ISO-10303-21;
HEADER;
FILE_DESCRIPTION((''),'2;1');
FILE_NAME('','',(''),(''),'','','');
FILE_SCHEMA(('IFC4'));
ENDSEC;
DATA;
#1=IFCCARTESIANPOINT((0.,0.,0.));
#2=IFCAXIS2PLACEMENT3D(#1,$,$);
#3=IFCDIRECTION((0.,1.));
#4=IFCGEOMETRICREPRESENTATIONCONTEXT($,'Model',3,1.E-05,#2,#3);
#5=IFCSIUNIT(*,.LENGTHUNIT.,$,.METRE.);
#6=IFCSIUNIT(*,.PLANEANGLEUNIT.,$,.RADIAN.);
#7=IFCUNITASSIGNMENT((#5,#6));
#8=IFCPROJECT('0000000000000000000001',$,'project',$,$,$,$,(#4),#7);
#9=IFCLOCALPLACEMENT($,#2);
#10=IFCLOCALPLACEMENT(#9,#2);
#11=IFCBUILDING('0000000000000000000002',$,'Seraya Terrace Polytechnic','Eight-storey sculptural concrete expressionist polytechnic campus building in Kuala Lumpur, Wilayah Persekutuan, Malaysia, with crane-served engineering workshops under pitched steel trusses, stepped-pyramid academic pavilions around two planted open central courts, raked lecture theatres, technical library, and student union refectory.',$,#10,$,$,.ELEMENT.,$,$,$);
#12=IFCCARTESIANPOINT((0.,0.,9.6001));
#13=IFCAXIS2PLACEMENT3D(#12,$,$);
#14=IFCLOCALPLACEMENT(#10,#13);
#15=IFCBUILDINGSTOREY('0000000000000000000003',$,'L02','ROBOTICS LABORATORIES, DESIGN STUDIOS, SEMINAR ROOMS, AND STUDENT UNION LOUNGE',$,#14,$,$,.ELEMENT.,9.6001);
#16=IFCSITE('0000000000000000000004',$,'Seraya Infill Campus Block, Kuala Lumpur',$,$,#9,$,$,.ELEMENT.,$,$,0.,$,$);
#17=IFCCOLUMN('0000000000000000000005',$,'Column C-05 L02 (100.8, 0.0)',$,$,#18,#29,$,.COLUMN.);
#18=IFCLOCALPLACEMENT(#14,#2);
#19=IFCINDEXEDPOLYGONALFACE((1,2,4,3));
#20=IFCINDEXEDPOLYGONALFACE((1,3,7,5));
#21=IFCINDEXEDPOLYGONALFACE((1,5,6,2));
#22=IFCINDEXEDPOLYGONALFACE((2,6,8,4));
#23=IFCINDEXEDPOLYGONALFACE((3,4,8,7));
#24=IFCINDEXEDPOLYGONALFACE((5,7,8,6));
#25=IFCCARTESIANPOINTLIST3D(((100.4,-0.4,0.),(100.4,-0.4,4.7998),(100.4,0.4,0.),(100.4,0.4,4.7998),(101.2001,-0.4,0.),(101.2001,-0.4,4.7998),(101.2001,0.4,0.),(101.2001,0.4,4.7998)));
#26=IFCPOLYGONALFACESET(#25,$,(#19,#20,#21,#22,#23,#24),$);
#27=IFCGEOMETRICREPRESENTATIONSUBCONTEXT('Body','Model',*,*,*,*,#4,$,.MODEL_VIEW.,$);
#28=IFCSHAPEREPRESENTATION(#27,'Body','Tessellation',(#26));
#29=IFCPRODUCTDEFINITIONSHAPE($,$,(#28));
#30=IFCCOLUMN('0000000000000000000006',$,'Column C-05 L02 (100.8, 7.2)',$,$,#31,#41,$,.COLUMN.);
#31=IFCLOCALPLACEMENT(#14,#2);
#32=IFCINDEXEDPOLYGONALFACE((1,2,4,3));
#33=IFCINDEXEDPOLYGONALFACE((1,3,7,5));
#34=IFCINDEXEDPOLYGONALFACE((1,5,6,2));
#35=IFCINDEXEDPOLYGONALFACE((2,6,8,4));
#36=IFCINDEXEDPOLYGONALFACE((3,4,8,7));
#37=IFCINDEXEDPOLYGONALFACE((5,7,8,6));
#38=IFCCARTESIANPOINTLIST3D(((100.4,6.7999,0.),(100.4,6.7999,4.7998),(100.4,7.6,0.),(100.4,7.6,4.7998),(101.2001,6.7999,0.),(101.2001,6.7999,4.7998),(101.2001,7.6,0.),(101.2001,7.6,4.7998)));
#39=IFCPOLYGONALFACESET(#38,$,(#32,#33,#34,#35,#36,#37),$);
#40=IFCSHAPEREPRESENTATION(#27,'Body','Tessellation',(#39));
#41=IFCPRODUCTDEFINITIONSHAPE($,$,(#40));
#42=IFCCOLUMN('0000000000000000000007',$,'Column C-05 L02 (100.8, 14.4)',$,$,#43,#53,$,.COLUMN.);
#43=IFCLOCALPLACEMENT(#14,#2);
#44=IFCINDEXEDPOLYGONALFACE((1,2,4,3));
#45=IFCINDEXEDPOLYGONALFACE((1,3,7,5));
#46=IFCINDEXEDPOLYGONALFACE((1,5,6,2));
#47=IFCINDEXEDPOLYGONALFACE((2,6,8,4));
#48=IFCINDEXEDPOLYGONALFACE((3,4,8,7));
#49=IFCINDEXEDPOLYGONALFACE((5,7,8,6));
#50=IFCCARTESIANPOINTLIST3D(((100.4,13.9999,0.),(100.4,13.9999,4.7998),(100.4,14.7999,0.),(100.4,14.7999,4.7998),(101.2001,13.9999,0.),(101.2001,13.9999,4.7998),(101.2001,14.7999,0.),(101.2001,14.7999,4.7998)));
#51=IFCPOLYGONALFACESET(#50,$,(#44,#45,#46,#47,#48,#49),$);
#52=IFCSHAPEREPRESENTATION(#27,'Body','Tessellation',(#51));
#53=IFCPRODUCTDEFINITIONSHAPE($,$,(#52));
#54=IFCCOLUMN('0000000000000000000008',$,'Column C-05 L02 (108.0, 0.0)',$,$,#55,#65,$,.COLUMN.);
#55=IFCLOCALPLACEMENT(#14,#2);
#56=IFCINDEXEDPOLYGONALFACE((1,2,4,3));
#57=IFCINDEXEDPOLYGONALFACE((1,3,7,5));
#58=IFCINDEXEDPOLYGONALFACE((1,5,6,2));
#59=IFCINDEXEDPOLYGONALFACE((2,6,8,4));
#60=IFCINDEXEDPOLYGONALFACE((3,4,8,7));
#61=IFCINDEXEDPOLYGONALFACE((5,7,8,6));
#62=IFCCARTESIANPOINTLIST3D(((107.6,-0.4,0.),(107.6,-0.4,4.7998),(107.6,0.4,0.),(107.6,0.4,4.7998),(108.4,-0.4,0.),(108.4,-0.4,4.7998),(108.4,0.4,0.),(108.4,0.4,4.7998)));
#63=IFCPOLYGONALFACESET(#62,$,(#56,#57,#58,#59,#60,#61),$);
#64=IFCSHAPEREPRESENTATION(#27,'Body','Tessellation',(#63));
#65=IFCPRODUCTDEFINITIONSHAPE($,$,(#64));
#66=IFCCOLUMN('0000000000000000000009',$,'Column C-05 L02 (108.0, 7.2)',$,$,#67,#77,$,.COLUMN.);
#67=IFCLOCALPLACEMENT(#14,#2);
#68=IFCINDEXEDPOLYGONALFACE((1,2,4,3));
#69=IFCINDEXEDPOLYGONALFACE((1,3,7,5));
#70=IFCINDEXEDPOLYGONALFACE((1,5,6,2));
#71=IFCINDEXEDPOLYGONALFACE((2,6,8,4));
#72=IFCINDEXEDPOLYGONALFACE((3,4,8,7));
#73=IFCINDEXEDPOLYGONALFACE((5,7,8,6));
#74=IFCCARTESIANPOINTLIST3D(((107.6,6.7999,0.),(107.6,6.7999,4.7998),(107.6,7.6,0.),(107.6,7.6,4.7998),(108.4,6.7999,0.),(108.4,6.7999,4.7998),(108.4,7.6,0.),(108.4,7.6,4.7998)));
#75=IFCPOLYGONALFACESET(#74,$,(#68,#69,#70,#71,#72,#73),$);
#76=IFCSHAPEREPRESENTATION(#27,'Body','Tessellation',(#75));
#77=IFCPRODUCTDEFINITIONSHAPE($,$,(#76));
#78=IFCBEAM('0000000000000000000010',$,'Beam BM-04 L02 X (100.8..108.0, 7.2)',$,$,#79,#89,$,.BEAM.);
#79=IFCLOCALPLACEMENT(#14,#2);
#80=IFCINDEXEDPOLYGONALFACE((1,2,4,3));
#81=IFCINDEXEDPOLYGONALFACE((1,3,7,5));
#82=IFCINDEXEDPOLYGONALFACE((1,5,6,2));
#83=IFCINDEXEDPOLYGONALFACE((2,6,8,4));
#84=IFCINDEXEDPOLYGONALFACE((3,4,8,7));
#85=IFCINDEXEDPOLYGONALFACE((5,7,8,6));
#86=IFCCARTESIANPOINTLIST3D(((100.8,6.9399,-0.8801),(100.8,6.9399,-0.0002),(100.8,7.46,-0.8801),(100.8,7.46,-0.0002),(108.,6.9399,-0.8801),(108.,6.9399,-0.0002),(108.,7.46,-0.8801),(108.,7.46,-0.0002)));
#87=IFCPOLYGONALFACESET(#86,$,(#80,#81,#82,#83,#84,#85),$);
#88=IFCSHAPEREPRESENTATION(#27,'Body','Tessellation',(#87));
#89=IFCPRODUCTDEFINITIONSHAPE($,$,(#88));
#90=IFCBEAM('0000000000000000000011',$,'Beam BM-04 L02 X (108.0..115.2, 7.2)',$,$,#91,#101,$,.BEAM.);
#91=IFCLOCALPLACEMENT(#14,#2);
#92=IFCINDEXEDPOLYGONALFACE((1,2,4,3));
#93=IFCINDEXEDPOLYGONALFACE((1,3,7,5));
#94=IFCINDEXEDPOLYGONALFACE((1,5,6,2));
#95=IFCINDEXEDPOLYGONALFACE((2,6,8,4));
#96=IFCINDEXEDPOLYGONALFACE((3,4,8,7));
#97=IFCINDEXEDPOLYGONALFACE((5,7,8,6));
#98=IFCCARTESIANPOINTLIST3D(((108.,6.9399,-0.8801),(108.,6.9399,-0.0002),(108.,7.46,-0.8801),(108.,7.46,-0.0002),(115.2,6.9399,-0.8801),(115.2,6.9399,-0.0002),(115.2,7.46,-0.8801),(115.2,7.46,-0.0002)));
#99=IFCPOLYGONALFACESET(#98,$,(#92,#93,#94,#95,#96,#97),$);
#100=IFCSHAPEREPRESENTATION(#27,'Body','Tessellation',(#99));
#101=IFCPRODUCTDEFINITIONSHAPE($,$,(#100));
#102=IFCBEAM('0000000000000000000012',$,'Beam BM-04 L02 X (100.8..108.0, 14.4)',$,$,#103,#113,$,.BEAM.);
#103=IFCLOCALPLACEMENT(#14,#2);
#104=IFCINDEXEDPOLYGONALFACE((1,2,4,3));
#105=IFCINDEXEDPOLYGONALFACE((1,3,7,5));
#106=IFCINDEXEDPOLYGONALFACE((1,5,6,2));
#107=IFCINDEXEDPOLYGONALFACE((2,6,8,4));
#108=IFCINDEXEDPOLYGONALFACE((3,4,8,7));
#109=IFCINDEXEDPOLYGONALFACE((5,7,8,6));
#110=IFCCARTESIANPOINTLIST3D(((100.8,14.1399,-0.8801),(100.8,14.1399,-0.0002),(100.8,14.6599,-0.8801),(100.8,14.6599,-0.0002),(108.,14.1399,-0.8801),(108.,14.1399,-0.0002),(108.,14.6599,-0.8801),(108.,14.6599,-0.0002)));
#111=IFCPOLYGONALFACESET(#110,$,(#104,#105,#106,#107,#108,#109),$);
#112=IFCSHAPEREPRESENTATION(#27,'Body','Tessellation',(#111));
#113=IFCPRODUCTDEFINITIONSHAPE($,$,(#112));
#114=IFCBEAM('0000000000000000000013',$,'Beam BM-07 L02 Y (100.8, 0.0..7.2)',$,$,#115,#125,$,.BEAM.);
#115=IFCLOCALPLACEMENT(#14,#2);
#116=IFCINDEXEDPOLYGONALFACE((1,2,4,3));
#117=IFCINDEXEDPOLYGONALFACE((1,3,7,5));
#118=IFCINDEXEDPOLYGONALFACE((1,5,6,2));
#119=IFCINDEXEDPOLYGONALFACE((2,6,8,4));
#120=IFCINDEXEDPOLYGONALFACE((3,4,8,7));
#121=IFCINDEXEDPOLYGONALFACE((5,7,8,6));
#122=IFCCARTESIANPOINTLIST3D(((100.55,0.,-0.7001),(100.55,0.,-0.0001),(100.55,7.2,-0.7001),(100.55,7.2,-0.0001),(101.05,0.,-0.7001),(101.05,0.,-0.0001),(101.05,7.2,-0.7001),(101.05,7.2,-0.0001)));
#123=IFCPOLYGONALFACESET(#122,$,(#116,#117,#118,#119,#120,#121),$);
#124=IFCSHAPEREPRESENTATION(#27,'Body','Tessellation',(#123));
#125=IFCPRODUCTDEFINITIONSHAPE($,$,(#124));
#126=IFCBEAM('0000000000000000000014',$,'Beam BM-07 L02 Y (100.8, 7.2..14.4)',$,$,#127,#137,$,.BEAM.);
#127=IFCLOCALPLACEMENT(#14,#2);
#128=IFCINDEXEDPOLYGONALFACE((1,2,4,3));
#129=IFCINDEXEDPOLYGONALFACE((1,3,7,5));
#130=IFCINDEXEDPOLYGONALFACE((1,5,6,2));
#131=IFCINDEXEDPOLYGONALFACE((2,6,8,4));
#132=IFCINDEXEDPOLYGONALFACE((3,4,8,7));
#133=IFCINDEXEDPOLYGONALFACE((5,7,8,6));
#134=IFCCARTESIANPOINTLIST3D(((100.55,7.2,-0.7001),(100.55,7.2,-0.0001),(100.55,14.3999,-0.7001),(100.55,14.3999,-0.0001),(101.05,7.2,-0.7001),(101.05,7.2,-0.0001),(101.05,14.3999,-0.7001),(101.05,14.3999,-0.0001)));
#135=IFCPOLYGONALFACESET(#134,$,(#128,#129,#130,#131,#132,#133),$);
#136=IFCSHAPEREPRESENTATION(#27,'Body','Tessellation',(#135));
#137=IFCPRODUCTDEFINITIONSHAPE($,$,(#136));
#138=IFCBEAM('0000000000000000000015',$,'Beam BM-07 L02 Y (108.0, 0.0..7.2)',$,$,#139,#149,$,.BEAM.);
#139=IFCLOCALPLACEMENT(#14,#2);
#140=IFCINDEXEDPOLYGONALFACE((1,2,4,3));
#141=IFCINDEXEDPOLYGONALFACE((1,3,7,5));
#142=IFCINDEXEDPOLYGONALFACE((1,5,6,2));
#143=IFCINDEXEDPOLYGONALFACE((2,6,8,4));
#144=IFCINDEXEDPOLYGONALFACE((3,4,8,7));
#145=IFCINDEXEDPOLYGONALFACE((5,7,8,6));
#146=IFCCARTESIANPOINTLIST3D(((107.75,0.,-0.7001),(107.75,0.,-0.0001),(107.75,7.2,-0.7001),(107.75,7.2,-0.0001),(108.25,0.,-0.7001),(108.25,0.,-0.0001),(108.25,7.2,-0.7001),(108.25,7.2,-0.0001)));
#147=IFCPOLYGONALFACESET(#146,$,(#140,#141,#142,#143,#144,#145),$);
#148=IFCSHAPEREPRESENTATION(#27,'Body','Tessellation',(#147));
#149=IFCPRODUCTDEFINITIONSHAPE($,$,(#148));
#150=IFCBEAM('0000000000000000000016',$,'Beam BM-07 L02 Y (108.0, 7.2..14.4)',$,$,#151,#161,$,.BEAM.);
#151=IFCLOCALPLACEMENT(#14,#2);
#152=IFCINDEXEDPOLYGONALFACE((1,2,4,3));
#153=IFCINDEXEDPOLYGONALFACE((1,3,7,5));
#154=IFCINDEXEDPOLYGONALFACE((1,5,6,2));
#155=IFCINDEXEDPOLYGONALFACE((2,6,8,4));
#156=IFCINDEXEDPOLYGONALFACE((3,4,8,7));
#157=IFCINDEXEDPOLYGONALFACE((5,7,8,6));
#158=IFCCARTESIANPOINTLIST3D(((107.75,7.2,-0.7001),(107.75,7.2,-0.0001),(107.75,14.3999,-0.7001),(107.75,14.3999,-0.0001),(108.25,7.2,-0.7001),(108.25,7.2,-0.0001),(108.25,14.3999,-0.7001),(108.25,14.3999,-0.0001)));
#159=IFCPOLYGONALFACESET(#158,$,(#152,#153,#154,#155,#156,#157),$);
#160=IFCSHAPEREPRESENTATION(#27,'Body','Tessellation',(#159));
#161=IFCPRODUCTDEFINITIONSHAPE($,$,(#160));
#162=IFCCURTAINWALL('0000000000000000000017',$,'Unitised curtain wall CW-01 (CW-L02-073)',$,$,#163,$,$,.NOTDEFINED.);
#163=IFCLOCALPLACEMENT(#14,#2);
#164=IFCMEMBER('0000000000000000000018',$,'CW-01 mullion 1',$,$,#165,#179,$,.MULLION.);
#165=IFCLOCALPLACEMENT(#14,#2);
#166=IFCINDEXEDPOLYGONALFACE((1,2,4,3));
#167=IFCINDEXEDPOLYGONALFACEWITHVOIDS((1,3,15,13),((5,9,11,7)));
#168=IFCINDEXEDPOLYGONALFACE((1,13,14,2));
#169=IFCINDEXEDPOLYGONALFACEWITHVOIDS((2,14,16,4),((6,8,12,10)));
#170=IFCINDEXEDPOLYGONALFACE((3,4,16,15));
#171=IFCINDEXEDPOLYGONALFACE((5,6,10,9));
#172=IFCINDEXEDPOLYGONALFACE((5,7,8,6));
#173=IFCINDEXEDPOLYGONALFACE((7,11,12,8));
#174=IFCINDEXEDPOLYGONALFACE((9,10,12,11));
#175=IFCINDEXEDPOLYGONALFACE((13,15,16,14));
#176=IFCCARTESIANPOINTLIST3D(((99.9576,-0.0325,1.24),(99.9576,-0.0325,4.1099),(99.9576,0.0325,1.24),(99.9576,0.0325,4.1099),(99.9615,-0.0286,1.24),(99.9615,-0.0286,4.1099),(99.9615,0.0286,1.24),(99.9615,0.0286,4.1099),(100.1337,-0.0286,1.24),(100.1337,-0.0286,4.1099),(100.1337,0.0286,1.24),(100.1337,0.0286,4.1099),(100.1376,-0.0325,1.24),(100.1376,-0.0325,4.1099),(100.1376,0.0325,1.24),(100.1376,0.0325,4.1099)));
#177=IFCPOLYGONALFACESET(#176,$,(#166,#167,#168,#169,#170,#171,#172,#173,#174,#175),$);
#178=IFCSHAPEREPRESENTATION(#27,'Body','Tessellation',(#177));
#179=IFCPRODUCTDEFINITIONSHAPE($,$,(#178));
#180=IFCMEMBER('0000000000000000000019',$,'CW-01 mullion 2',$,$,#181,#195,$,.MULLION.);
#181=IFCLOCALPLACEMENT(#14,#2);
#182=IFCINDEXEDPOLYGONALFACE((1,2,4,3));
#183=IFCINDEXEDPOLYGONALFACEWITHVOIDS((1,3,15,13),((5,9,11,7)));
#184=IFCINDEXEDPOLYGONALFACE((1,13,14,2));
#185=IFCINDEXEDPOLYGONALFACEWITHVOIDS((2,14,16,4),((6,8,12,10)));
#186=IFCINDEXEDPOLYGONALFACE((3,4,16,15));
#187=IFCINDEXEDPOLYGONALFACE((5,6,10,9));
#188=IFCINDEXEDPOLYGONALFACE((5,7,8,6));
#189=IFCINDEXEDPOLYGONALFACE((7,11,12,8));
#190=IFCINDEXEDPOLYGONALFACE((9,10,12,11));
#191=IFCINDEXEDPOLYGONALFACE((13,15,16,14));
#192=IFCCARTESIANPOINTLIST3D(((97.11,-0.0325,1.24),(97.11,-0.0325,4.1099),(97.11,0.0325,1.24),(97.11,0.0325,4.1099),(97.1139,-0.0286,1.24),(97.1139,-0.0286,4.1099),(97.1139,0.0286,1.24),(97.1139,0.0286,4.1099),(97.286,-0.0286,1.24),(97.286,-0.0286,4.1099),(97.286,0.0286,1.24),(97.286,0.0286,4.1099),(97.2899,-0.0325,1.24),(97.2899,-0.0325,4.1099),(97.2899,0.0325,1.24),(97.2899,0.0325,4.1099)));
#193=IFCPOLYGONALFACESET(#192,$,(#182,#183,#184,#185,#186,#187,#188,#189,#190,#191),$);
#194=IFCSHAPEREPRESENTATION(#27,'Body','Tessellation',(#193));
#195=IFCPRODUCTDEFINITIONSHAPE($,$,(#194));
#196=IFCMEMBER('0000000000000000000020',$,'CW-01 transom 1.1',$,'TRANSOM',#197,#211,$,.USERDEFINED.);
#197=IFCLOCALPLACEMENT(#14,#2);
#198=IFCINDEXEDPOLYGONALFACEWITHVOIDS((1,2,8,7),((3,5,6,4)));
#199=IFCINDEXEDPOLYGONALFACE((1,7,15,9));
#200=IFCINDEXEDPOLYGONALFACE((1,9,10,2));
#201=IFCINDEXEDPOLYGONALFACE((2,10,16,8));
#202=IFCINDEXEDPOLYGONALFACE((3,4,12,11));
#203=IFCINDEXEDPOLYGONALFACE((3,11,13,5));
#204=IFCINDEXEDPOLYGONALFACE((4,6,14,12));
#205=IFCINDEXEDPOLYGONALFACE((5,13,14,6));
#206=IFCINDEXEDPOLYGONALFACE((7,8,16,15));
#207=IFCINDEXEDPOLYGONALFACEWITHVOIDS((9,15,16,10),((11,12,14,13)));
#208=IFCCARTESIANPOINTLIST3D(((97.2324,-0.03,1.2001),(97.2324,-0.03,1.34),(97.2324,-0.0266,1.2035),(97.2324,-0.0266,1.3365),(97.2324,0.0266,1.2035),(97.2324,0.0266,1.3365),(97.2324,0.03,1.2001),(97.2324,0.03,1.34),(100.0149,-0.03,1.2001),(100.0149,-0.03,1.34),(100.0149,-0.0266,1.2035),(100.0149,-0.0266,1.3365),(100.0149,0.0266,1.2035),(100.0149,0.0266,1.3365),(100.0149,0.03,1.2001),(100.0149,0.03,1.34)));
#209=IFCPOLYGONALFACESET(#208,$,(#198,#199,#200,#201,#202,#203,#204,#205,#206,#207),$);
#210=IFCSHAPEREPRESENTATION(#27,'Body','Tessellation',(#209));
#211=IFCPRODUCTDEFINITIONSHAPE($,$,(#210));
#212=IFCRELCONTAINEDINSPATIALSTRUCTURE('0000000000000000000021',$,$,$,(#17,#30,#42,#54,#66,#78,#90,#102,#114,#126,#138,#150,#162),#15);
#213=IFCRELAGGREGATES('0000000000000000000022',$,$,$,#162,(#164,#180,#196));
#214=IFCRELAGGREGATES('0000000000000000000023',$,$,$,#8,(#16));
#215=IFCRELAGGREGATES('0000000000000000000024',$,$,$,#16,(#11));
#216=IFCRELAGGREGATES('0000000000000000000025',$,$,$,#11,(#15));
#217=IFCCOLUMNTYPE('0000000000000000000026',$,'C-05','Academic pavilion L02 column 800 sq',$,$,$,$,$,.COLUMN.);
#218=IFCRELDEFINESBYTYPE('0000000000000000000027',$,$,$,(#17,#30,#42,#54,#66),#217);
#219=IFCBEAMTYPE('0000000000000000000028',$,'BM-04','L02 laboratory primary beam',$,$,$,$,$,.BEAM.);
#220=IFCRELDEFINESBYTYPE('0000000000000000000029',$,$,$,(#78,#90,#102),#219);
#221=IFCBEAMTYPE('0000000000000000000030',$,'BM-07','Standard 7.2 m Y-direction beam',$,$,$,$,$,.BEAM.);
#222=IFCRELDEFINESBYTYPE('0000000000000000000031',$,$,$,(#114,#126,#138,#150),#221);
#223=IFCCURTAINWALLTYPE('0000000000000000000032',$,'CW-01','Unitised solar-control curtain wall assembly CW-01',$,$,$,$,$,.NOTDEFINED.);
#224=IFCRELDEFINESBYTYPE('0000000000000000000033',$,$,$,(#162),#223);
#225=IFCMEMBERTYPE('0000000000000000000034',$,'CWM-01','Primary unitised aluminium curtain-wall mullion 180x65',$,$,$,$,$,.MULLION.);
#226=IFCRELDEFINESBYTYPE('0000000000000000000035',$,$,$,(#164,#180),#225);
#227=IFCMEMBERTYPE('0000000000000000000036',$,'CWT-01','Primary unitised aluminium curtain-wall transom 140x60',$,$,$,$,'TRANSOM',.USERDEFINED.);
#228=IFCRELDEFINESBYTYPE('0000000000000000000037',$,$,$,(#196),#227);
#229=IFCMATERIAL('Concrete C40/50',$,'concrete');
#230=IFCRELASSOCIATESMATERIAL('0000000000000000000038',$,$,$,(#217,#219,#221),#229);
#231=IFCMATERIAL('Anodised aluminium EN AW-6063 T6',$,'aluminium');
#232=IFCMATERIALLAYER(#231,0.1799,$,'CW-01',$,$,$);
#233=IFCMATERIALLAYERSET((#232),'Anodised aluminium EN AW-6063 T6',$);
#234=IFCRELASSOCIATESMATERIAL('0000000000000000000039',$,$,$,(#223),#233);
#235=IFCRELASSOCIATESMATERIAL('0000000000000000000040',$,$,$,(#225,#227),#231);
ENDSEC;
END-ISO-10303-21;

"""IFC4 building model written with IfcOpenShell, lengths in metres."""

from ifc_helpers import new_model, si_unit, direction, frame, origin, origin_2d, place, context, subcontext, project, spatial, rectangle, hollow_rectangle, extrude, material, layer, layer_set, material_profile, profile_set, type_object, element, aggregate, save


model = new_model("IFC4")

# Units and contexts
model_context = context("Model", 3, precision=1e-05, world=origin(), true_north=direction((0.0, 1.0)))
body_context = subcontext(model_context, "Body", "Model", "MODEL_VIEW")
ifc_project = project(units=[si_unit("LENGTHUNIT", "METRE"), si_unit("PLANEANGLEUNIT", "RADIAN")], contexts=[model_context])

# Site, building, storey
site_placement = place(None, origin())
site = spatial("IfcSite", under=ifc_project, at=site_placement, Name="Seraya Infill Campus Block, Kuala Lumpur", CompositionType="ELEMENT", RefElevation=0.0)
building_placement = place(site_placement, origin())
building = spatial("IfcBuilding", under=site, at=building_placement, Name="Seraya Terrace Polytechnic", Description="Eight-storey sculptural concrete expressionist polytechnic campus building in Kuala Lumpur, Wilayah Persekutuan, Malaysia, with crane-served engineering workshops under pitched steel trusses, stepped-pyramid academic pavilions around two planted open central courts, raked lecture theatres, technical library, and student union refectory.", CompositionType="ELEMENT")
storey_placement = place(building_placement, frame((0.0, 0.0, 9.6001)))
storey = spatial("IfcBuildingStorey", under=building, at=storey_placement, Name="L02", Description="ROBOTICS LABORATORIES, DESIGN STUDIOS, SEMINAR ROOMS, AND STUDENT UNION LOUNGE", CompositionType="ELEMENT", Elevation=9.6001)

# Columns
ifc_material_1 = material(Name="Concrete C40/50", Category="concrete")
ifc_material_profile_1 = material_profile(ifc_material_1, rectangle(XDim=0.8, YDim=0.8, at=origin_2d()), Name="RC 800x800")
ifc_profile_set_1 = profile_set([ifc_material_profile_1], Name="Concrete C40/50")
column_type = type_object("IfcColumnType", Name="C-05", Description="Academic pavilion L02 column 800 sq", PredefinedType="COLUMN", material=ifc_profile_set_1)
for number, where, z_axis, x_axis, name in (
    (1, (100.8, 0.0, 0.0), (0.0, 0.0, 1.0), (1.0, 0.0, 0.0), "Column C-05 L02 (100.8, 0.0)"),
    (2, (100.8, 7.2, 0.0), (0.0, 0.0, 1.0), (1.0, 0.0, 0.0), "Column C-05 L02 (100.8, 7.2)"),
    (3, (100.8, 14.3999, 0.0), (0.0, 0.0, 1.0), (1.0, 0.0, 0.0), "Column C-05 L02 (100.8, 14.4)"),
    (4, (108.0, 0.0, 0.0), (0.0, 0.0, 1.0), (1.0, 0.0, 0.0), "Column C-05 L02 (108.0, 0.0)"),
    (5, (108.0, 7.2, 0.0), (0.0, 0.0, 1.0), (1.0, 0.0, 0.0), "Column C-05 L02 (108.0, 7.2)"),
):
    element("IfcColumn", number, at=place(storey_placement, frame(where, z_axis=z_axis, x_axis=x_axis)), inside=storey, type_object=column_type, Name=name, PredefinedType="COLUMN", context=body_context, shape_type="SweptSolid", body=[
        extrude(rectangle(XDim=0.8, YDim=0.8, at=origin_2d()), origin(), (0.0, 0.0, 1.0), 4.7998),
    ])

# Beams
ifc_material_profile_2 = material_profile(ifc_material_1, rectangle(XDim=0.52, YDim=0.8799, at=origin_2d()), Name="RC 520x880")
ifc_profile_set_2 = profile_set([ifc_material_profile_2], Name="Concrete C40/50")
beam_type_1 = type_object("IfcBeamType", Name="BM-04", Description="L02 laboratory primary beam", PredefinedType="BEAM", material=ifc_profile_set_2)
for number, where, z_axis, x_axis, name in (
    (6, (100.8, 7.2, -0.4402), (1.0, 0.0, 0.0), (0.0, 1.0, 0.0), "Beam BM-04 L02 X (100.8..108.0, 7.2)"),
    (7, (108.0, 7.2, -0.4402), (1.0, 0.0, 0.0), (0.0, 1.0, 0.0), "Beam BM-04 L02 X (108.0..115.2, 7.2)"),
    (8, (100.8, 14.3999, -0.4402), (1.0, 0.0, 0.0), (0.0, 1.0, 0.0), "Beam BM-04 L02 X (100.8..108.0, 14.4)"),
):
    element("IfcBeam", number, at=place(storey_placement, frame(where, z_axis=z_axis, x_axis=x_axis)), inside=storey, type_object=beam_type_1, Name=name, PredefinedType="BEAM", context=body_context, shape_type="SweptSolid", body=[
        extrude(rectangle(XDim=0.52, YDim=0.8799, at=origin_2d()), origin(), (0.0, 0.0, 1.0), 7.2),
    ])
ifc_material_profile_3 = material_profile(ifc_material_1, rectangle(XDim=0.5, YDim=0.7, at=origin_2d()), Name="RC 500x700")
ifc_profile_set_3 = profile_set([ifc_material_profile_3], Name="Concrete C40/50")
beam_type_2 = type_object("IfcBeamType", Name="BM-07", Description="Standard 7.2 m Y-direction beam", PredefinedType="BEAM", material=ifc_profile_set_3)
for number, where, z_axis, x_axis, name in (
    (9, (100.8, 0.0, -0.3501), (0.0, 1.0, 0.0), (-1.0, 0.0, 0.0), "Beam BM-07 L02 Y (100.8, 0.0..7.2)"),
    (10, (100.8, 7.2, -0.3501), (0.0, 1.0, 0.0), (-1.0, 0.0, 0.0), "Beam BM-07 L02 Y (100.8, 7.2..14.4)"),
    (11, (108.0, 0.0, -0.3501), (0.0, 1.0, 0.0), (-1.0, 0.0, 0.0), "Beam BM-07 L02 Y (108.0, 0.0..7.2)"),
    (12, (108.0, 7.2, -0.3501), (0.0, 1.0, 0.0), (-1.0, 0.0, 0.0), "Beam BM-07 L02 Y (108.0, 7.2..14.4)"),
):
    element("IfcBeam", number, at=place(storey_placement, frame(where, z_axis=z_axis, x_axis=x_axis)), inside=storey, type_object=beam_type_2, Name=name, PredefinedType="BEAM", context=body_context, shape_type="SweptSolid", body=[
        extrude(rectangle(XDim=0.5, YDim=0.7, at=origin_2d()), origin(), (0.0, 0.0, 1.0), 7.2),
    ])

# Curtain wall, members
ifc_material_2 = material(Name="Anodised aluminium EN AW-6063 T6", Category="aluminium")
ifc_layer_1 = layer(ifc_material_2, 0.1799, Name="CW-01")
ifc_layer_set_1 = layer_set([ifc_layer_1], Name="Anodised aluminium EN AW-6063 T6")
curtain_wall_type = type_object("IfcCurtainWallType", Name="CW-01", Description="Unitised solar-control curtain wall assembly CW-01", PredefinedType="NOTDEFINED", material=ifc_layer_set_1)
curtain_wall_placement = place(storey_placement, origin())
curtain_wall = element("IfcCurtainWall", 13, at=curtain_wall_placement, inside=storey, type_object=curtain_wall_type, Name="Unitised curtain wall CW-01 (CW-L02-073)", PredefinedType="NOTDEFINED")
ifc_material_profile_4 = material_profile(ifc_material_2, hollow_rectangle(XDim=0.0649, YDim=0.1799, WallThickness=0.0039, at=origin_2d()), Name="RHS 180x65x4.0")
ifc_profile_set_4 = profile_set([ifc_material_profile_4], Name="Anodised aluminium EN AW-6063 T6")
member_type_1 = type_object("IfcMemberType", Name="CWM-01", Description="Primary unitised aluminium curtain-wall mullion 180x65", PredefinedType="MULLION", material=ifc_profile_set_4)
member_1_placement = place(storey_placement, frame((100.0476, 0.0, 1.24), z_axis=(0.0, 0.0, 1.0), x_axis=(0.0, -1.0, 0.0)))
member_1 = element("IfcMember", 14, at=member_1_placement, type_object=member_type_1, Name="CW-01 mullion 1", PredefinedType="MULLION", context=body_context, shape_type="SweptSolid", body=[
    extrude(hollow_rectangle(XDim=0.0649, YDim=0.1799, WallThickness=0.0039, at=origin_2d()), origin(), (0.0, 0.0, 1.0), 2.8699),
])
member_2_placement = place(storey_placement, frame((97.2, 0.0, 1.24), z_axis=(0.0, 0.0, 1.0), x_axis=(0.0, -1.0, 0.0)))
member_2 = element("IfcMember", 15, at=member_2_placement, type_object=member_type_1, Name="CW-01 mullion 2", PredefinedType="MULLION", context=body_context, shape_type="SweptSolid", body=[
    extrude(hollow_rectangle(XDim=0.0649, YDim=0.1799, WallThickness=0.0039, at=origin_2d()), origin(), (0.0, 0.0, 1.0), 2.8699),
])
ifc_material_profile_5 = material_profile(ifc_material_2, hollow_rectangle(XDim=0.0601, YDim=0.1399, WallThickness=0.0034, at=origin_2d()), Name="RHS 140x60x3.5")
ifc_profile_set_5 = profile_set([ifc_material_profile_5], Name="Anodised aluminium EN AW-6063 T6")
member_type_2 = type_object("IfcMemberType", Name="CWT-01", Description="Primary unitised aluminium curtain-wall transom 140x60", ElementType="TRANSOM", PredefinedType="USERDEFINED", material=ifc_profile_set_5)
member_3_placement = place(storey_placement, frame((100.0149, 0.0, 1.27), z_axis=(-1.0, 0.0, 0.0), x_axis=(0.0, -1.0, 0.0)))
member_3 = element("IfcMember", 16, at=member_3_placement, type_object=member_type_2, Name="CW-01 transom 1.1", ObjectType="TRANSOM", PredefinedType="USERDEFINED", context=body_context, shape_type="SweptSolid", body=[
    extrude(hollow_rectangle(XDim=0.0601, YDim=0.1399, WallThickness=0.0034, at=origin_2d()), origin(), (0.0, 0.0, 1.0), 2.7825),
])

aggregate(curtain_wall, [member_1, member_2, member_3])

save(model, "model.ifc")
